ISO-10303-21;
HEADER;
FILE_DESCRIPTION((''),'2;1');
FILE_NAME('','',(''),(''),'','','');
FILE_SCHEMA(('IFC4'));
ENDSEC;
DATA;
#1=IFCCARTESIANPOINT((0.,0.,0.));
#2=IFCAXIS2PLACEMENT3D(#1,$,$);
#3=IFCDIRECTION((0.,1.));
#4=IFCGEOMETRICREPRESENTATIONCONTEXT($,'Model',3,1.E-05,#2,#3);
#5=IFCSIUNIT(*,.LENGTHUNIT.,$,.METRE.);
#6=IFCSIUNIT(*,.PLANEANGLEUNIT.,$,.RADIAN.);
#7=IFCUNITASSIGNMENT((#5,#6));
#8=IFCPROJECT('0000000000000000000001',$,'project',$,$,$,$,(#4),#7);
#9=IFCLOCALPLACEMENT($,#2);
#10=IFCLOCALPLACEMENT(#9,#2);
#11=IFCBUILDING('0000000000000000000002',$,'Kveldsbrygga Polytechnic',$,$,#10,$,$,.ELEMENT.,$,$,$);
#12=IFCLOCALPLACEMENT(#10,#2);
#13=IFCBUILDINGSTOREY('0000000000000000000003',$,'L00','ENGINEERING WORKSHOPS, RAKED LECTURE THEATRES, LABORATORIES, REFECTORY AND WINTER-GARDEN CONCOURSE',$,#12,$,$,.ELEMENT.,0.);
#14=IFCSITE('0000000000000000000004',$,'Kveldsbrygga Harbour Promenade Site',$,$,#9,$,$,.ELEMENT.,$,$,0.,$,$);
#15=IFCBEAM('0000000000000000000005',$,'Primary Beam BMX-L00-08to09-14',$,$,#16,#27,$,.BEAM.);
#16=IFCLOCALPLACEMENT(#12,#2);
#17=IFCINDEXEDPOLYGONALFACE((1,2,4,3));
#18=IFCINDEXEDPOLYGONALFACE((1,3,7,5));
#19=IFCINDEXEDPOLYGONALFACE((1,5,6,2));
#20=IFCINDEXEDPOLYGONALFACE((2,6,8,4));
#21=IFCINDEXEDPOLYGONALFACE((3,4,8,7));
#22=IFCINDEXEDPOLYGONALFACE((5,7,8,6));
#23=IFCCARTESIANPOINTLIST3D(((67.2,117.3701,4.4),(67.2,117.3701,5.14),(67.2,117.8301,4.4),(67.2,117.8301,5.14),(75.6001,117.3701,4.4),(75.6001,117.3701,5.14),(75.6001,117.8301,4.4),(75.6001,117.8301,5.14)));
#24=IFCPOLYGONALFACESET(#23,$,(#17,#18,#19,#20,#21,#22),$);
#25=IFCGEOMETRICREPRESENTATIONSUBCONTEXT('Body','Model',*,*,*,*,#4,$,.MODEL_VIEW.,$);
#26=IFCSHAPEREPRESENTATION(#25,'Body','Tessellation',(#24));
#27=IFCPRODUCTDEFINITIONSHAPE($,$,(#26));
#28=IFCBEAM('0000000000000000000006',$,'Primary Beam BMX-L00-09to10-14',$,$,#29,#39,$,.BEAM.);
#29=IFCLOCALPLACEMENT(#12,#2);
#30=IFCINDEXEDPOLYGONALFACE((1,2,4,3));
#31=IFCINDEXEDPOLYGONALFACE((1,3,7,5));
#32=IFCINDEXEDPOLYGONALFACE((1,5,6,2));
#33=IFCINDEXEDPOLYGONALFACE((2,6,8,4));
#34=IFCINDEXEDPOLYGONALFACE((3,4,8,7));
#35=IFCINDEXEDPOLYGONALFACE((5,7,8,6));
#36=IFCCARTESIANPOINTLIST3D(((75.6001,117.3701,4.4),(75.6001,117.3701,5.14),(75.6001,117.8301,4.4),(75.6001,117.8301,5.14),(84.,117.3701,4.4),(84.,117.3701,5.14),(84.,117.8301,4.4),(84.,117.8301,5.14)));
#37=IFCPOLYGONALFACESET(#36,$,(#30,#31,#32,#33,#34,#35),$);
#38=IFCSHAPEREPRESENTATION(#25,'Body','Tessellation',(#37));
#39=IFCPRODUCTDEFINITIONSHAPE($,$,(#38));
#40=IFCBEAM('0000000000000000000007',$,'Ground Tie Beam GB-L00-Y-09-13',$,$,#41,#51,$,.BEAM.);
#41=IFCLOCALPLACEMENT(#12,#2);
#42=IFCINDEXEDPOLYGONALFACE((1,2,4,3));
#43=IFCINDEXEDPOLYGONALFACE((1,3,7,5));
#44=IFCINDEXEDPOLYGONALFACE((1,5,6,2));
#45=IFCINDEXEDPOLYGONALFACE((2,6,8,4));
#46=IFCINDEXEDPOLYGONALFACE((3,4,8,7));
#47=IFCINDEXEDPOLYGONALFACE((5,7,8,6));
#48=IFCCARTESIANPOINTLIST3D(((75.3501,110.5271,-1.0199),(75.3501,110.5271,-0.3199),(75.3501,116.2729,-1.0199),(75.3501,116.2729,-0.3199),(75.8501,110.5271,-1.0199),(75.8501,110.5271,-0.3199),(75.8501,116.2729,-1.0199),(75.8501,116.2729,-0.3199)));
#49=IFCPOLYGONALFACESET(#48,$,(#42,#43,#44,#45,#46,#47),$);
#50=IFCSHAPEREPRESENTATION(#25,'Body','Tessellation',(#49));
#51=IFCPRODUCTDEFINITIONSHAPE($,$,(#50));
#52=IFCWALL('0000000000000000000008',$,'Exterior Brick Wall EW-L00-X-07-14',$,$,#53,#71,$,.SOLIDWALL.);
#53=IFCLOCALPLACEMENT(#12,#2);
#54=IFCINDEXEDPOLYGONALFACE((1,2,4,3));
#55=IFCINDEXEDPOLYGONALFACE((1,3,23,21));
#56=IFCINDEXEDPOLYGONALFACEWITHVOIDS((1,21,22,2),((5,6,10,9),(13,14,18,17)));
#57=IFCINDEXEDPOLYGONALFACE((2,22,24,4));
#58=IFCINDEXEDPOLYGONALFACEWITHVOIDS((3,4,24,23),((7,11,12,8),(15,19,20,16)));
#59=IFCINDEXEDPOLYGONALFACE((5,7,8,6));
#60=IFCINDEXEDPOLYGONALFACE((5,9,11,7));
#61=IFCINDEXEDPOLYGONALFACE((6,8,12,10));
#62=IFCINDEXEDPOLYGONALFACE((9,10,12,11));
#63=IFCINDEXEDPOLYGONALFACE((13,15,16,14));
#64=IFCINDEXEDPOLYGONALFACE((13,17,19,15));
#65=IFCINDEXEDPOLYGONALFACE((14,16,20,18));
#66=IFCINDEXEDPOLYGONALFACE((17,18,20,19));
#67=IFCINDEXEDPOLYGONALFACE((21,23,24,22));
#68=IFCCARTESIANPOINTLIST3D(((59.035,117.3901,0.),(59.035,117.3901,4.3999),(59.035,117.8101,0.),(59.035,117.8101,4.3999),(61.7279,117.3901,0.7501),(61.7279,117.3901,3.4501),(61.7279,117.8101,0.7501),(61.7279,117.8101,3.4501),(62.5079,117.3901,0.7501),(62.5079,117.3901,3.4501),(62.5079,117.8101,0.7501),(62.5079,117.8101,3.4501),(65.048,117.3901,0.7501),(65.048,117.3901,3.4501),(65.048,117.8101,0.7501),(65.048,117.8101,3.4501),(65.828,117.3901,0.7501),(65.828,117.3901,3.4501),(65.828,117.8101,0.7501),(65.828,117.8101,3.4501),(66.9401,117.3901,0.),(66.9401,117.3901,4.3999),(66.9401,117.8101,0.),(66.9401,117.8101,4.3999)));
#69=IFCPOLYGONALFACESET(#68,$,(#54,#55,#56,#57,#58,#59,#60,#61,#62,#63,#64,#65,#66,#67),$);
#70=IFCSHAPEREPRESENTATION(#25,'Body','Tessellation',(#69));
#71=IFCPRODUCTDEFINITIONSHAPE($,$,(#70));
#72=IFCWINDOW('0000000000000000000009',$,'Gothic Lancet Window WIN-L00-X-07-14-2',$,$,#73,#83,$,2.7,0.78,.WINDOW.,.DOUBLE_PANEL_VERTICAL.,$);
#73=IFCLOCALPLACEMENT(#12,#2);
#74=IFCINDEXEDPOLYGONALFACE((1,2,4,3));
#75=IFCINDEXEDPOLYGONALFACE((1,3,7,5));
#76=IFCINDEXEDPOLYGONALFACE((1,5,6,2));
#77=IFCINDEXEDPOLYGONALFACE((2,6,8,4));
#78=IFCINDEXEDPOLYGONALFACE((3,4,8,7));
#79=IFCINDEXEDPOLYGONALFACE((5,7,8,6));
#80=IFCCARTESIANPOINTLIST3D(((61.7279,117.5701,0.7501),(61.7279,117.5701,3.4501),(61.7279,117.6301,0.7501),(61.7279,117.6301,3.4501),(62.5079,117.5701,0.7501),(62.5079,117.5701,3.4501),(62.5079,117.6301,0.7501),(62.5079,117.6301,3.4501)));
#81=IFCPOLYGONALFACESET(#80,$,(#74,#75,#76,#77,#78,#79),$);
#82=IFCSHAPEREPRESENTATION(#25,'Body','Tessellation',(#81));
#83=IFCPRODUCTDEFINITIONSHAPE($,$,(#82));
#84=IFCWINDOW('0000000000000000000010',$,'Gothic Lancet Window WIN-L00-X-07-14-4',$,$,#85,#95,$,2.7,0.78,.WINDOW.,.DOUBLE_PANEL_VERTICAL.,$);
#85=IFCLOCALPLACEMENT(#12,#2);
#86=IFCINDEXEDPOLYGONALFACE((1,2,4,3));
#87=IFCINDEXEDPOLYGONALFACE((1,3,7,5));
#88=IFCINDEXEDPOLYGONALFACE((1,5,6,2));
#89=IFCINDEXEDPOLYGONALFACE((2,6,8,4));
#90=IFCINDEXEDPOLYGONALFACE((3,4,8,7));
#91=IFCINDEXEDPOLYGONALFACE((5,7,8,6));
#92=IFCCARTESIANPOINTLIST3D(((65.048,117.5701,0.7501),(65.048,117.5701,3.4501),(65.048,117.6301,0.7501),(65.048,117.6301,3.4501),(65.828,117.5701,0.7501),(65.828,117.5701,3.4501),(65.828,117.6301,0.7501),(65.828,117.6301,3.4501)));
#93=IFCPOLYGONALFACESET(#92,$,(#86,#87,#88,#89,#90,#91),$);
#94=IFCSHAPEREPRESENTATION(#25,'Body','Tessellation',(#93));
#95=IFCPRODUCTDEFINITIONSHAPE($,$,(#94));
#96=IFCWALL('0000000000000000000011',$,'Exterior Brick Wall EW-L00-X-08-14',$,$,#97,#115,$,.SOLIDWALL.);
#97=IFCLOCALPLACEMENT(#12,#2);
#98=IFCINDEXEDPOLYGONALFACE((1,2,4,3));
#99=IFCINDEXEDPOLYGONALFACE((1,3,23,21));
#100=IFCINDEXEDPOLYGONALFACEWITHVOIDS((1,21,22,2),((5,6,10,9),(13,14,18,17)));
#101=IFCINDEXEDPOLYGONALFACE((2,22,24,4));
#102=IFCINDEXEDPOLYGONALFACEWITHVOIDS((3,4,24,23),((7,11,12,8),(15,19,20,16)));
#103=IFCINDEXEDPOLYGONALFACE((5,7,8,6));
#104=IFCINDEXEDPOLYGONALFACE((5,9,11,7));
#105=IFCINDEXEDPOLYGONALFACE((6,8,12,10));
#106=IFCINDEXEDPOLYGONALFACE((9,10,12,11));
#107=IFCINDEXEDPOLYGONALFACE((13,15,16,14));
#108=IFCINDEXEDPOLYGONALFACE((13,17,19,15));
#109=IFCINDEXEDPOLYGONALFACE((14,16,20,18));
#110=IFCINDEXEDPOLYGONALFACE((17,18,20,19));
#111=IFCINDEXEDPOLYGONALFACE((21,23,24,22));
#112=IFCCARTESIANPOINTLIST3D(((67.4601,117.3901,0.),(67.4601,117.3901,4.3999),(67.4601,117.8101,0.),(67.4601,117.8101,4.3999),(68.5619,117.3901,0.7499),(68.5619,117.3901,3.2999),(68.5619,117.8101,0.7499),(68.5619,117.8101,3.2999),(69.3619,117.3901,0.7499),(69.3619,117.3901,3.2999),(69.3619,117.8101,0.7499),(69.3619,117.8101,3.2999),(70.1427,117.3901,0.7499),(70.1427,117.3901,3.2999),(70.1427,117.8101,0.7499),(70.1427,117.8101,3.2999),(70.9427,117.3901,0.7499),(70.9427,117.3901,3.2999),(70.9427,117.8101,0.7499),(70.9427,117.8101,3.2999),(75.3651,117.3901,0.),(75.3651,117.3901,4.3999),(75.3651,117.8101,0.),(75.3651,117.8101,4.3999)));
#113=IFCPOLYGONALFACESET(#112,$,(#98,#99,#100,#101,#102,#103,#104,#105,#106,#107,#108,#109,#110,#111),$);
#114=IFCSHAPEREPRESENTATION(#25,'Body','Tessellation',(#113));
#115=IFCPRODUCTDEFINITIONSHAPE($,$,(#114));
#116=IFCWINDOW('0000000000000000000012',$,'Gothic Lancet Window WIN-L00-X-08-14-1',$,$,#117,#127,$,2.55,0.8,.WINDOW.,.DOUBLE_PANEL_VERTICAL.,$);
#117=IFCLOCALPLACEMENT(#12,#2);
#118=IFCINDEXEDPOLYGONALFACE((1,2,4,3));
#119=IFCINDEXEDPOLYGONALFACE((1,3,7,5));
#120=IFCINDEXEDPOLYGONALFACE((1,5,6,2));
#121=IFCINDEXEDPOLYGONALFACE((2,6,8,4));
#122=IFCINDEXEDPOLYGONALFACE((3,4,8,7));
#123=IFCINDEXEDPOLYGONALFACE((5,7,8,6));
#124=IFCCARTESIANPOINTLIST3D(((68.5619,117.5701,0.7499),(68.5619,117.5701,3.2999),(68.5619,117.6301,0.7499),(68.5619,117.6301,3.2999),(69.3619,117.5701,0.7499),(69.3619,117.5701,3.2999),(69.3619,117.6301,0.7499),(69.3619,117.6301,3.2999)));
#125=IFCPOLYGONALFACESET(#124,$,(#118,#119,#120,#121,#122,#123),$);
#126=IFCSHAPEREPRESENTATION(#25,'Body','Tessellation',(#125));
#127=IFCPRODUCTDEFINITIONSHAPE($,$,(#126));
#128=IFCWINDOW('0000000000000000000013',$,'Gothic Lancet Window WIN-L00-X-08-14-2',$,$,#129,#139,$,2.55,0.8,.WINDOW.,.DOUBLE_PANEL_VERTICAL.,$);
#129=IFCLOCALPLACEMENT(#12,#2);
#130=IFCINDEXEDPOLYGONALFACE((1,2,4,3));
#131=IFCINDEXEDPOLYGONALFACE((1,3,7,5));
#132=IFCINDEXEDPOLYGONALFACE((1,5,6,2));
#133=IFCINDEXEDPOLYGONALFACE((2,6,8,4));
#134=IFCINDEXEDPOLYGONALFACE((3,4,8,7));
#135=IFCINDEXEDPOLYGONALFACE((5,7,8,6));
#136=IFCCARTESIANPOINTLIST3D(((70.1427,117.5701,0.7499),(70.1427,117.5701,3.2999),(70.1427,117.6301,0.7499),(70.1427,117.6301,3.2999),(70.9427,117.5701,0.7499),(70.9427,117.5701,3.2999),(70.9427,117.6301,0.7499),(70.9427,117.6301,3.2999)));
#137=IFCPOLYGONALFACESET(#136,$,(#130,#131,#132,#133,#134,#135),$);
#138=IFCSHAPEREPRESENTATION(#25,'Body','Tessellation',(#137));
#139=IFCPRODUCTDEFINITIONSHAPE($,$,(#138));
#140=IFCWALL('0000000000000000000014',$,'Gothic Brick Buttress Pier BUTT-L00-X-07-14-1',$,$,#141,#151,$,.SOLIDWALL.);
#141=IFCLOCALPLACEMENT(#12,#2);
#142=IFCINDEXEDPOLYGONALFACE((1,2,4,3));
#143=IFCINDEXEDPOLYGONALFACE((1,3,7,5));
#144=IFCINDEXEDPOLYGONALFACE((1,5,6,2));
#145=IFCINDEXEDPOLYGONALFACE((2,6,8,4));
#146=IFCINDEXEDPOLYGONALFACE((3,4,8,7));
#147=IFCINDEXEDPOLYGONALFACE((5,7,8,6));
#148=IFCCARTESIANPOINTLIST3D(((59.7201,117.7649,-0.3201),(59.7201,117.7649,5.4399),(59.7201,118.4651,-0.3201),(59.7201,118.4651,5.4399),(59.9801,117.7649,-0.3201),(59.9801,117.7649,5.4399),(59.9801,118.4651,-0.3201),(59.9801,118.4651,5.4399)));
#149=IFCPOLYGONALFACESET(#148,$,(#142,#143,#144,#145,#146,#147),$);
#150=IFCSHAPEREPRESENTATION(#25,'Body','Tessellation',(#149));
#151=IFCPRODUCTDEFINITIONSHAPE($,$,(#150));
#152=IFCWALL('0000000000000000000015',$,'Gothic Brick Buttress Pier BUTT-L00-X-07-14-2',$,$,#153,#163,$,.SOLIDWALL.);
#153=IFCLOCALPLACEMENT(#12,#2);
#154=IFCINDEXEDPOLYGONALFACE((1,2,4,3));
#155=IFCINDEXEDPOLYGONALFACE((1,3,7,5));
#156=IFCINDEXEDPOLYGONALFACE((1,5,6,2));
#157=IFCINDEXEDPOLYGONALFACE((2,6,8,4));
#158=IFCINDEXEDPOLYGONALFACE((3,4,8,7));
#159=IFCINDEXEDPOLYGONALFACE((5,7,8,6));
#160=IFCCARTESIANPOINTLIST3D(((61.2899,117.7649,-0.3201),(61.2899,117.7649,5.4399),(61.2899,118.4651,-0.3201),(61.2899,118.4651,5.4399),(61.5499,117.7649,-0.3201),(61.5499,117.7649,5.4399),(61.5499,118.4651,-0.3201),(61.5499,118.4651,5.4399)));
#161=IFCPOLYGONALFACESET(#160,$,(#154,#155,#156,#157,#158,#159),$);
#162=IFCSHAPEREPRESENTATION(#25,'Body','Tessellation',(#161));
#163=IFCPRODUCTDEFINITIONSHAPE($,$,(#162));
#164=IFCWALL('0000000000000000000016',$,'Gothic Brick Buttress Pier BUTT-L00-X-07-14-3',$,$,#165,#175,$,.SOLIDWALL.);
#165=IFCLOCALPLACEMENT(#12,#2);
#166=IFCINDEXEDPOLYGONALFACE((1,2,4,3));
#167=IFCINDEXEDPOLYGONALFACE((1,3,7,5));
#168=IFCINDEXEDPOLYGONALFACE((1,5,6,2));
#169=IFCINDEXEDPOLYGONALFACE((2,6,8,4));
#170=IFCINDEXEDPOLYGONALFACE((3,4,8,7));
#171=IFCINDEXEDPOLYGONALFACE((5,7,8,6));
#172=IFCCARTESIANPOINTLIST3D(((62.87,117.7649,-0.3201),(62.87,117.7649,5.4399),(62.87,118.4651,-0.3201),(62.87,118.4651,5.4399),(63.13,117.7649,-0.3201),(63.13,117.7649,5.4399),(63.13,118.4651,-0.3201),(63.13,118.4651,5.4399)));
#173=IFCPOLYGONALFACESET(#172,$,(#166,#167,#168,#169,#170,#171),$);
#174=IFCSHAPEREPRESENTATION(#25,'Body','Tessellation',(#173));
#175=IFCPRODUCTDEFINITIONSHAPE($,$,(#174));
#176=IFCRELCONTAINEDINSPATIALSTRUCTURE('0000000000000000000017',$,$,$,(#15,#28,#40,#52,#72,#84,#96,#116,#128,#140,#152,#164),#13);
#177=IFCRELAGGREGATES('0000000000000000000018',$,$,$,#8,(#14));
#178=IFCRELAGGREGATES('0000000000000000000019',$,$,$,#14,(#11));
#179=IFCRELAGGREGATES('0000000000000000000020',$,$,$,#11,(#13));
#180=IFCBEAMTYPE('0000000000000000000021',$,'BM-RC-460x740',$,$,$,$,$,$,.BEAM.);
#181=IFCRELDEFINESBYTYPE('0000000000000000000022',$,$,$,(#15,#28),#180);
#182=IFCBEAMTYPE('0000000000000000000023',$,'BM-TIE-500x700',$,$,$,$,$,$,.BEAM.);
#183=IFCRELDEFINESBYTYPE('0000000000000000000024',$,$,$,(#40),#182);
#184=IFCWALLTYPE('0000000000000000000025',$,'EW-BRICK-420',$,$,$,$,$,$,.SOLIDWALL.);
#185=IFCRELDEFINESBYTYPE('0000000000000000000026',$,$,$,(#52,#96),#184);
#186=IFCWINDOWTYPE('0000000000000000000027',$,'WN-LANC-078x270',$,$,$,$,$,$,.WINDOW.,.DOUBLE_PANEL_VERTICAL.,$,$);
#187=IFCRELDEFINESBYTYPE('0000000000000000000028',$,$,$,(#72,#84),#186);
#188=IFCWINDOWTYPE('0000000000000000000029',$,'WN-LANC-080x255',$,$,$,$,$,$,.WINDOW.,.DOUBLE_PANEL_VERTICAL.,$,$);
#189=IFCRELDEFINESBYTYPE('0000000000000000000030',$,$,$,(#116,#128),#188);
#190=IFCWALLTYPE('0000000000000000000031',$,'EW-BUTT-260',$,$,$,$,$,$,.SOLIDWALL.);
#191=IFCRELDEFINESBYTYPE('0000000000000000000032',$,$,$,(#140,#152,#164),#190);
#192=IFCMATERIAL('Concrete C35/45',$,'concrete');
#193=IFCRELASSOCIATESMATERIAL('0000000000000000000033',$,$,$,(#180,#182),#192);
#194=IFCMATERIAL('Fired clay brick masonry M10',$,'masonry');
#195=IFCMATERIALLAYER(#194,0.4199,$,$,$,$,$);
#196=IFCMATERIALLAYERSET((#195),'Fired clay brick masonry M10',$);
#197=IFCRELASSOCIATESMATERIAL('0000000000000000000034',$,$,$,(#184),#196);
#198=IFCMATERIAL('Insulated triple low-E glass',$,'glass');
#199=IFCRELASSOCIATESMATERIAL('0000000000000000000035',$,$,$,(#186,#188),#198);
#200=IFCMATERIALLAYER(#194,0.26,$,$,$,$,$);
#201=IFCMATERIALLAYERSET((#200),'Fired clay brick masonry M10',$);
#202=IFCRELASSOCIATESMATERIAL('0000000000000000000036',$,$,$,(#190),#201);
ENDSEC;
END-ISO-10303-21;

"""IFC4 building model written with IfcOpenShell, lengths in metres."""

from ifc_helpers import new_model, si_unit, direction, frame, frame_2d, origin, origin_2d, place, context, subcontext, project, spatial, rectangle, extrude, material, layer, layer_set, material_profile, profile_set, type_object, element, fill, save


model = new_model("IFC4")

# Units and contexts
model_context = context("Model", 3, precision=1e-05, world=origin(), true_north=direction((0.0, 1.0)))
body_context = subcontext(model_context, "Body", "Model", "MODEL_VIEW")
ifc_project = project(units=[si_unit("LENGTHUNIT", "METRE"), si_unit("PLANEANGLEUNIT", "RADIAN")], contexts=[model_context])

# Site, building, storey
site_placement = place(None, origin())
site = spatial("IfcSite", under=ifc_project, at=site_placement, Name="Kveldsbrygga Harbour Promenade Site", CompositionType="ELEMENT", RefElevation=0.0)
building_placement = place(site_placement, origin())
building = spatial("IfcBuilding", under=site, at=building_placement, Name="Kveldsbrygga Polytechnic", CompositionType="ELEMENT")
storey_placement = place(building_placement, origin())
storey = spatial("IfcBuildingStorey", under=building, at=storey_placement, Name="L00", Description="ENGINEERING WORKSHOPS, RAKED LECTURE THEATRES, LABORATORIES, REFECTORY AND WINTER-GARDEN CONCOURSE", CompositionType="ELEMENT", Elevation=0.0)

# Beams
ifc_material_1 = material(Name="Concrete C35/45", Category="concrete")
ifc_material_profile_1 = material_profile(ifc_material_1, rectangle(XDim=0.46, YDim=0.74, at=origin_2d()), Name="RC 460x740")
ifc_profile_set_1 = profile_set([ifc_material_profile_1], Name="Concrete C35/45")
beam_type_1 = type_object("IfcBeamType", Name="BM-RC-460x740", PredefinedType="BEAM", material=ifc_profile_set_1)
beam_1_placement = place(storey_placement, frame((67.2, 117.6001, 4.77), z_axis=(1.0, 0.0, 0.0), x_axis=(0.0, 1.0, 0.0)))
element("IfcBeam", 1, at=beam_1_placement, inside=storey, type_object=beam_type_1, Name="Primary Beam BMX-L00-08to09-14", PredefinedType="BEAM", context=body_context, shape_type="SweptSolid", body=[
    extrude(rectangle(XDim=0.46, YDim=0.74, at=origin_2d()), origin(), (0.0, 0.0, 1.0), 8.4001),
])
beam_2_placement = place(storey_placement, frame((75.6001, 117.6001, 4.77), z_axis=(1.0, 0.0, 0.0), x_axis=(0.0, 1.0, 0.0)))
element("IfcBeam", 2, at=beam_2_placement, inside=storey, type_object=beam_type_1, Name="Primary Beam BMX-L00-09to10-14", PredefinedType="BEAM", context=body_context, shape_type="SweptSolid", body=[
    extrude(rectangle(XDim=0.46, YDim=0.74, at=origin_2d()), origin(), (0.0, 0.0, 1.0), 8.3999),
])
ifc_material_profile_2 = material_profile(ifc_material_1, rectangle(XDim=0.5, YDim=0.7, at=origin_2d()), Name="RC 500x700")
ifc_profile_set_2 = profile_set([ifc_material_profile_2], Name="Concrete C35/45")
beam_type_2 = type_object("IfcBeamType", Name="BM-TIE-500x700", PredefinedType="BEAM", material=ifc_profile_set_2)
beam_3_placement = place(storey_placement, frame((75.6001, 110.5271, -0.6699), z_axis=(0.0, 1.0, 0.0), x_axis=(-1.0, 0.0, 0.0)))
element("IfcBeam", 3, at=beam_3_placement, inside=storey, type_object=beam_type_2, Name="Ground Tie Beam GB-L00-Y-09-13", PredefinedType="BEAM", context=body_context, shape_type="SweptSolid", body=[
    extrude(rectangle(XDim=0.5, YDim=0.7, at=origin_2d()), origin(), (0.0, 0.0, 1.0), 5.7458),
])

# Walls, openings, windows
ifc_material_2 = material(Name="Fired clay brick masonry M10", Category="masonry")
ifc_layer_1 = layer(ifc_material_2, 0.4199)
ifc_layer_set_1 = layer_set([ifc_layer_1], Name="Fired clay brick masonry M10")
wall_type_1 = type_object("IfcWallType", Name="EW-BRICK-420", PredefinedType="SOLIDWALL", material=ifc_layer_set_1)
wall_1_placement = place(storey_placement, frame((59.0349, 117.6001, 0.0), z_axis=(0.0, 0.0, 1.0), x_axis=(1.0, 0.0, 0.0)))
wall_1 = element("IfcWall", 4, at=wall_1_placement, inside=storey, type_object=wall_type_1, Name="Exterior Brick Wall EW-L00-X-07-14", PredefinedType="SOLIDWALL", context=body_context, shape_type="SweptSolid", body=[
    extrude(rectangle(XDim=7.905, YDim=0.4199, at=frame_2d((3.9526, 0.0))), origin(), (0.0, 0.0, 1.0), 4.3999),
])
opening_1_placement = place(wall_1_placement, frame((2.6929, 0.0, 0.75)))
opening_1 = element("IfcOpeningElement", 5, at=opening_1_placement, cuts=wall_1, PredefinedType="OPENING", context=body_context, shape_type="SweptSolid", body=[
    extrude(rectangle(XDim=0.78, YDim=2.7, at=frame_2d((0.3901, 1.3501))), frame((0.0, 0.22, 0.0), z_axis=(0.0, -1.0, 0.0), x_axis=(1.0, 0.0, 0.0)), (0.0, 0.0, 1.0), 0.4399),
])
opening_2_placement = place(wall_1_placement, frame((6.0129, 0.0, 0.75)))
opening_2 = element("IfcOpeningElement", 6, at=opening_2_placement, cuts=wall_1, PredefinedType="OPENING", context=body_context, shape_type="SweptSolid", body=[
    extrude(rectangle(XDim=0.78, YDim=2.7, at=frame_2d((0.3901, 1.3501))), frame((0.0, 0.22, 0.0), z_axis=(0.0, -1.0, 0.0), x_axis=(1.0, 0.0, 0.0)), (0.0, 0.0, 1.0), 0.4399),
])
ifc_material_3 = material(Name="Insulated triple low-E glass", Category="glass")
window_type_1 = type_object("IfcWindowType", Name="WN-LANC-078x270", PartitioningType="DOUBLE_PANEL_VERTICAL", PredefinedType="WINDOW", material=ifc_material_3)
window_1_placement = place(opening_1_placement, origin())
window_1 = element("IfcWindow", 7, at=window_1_placement, inside=storey, type_object=window_type_1, Name="Gothic Lancet Window WIN-L00-X-07-14-2", OverallHeight=2.7, OverallWidth=0.78, PartitioningType="DOUBLE_PANEL_VERTICAL", PredefinedType="WINDOW", context=body_context, shape_type="SweptSolid", body=[
    extrude(rectangle(XDim=0.78, YDim=2.7, at=frame_2d((0.3901, 1.3501))), frame((0.0, 0.03, 0.0), z_axis=(0.0, -1.0, 0.0), x_axis=(1.0, 0.0, 0.0)), (0.0, 0.0, 1.0), 0.0601),
])
fill(opening_1, window_1)
window_2_placement = place(opening_2_placement, origin())
window_2 = element("IfcWindow", 8, at=window_2_placement, inside=storey, type_object=window_type_1, Name="Gothic Lancet Window WIN-L00-X-07-14-4", OverallHeight=2.7, OverallWidth=0.78, PartitioningType="DOUBLE_PANEL_VERTICAL", PredefinedType="WINDOW", context=body_context, shape_type="SweptSolid", body=[
    extrude(rectangle(XDim=0.78, YDim=2.7, at=frame_2d((0.3901, 1.3501))), frame((0.0, 0.03, 0.0), z_axis=(0.0, -1.0, 0.0), x_axis=(1.0, 0.0, 0.0)), (0.0, 0.0, 1.0), 0.0601),
])
fill(opening_2, window_2)
wall_2_placement = place(storey_placement, frame((67.46, 117.6001, 0.0), z_axis=(0.0, 0.0, 1.0), x_axis=(1.0, 0.0, 0.0)))
wall_2 = element("IfcWall", 9, at=wall_2_placement, inside=storey, type_object=wall_type_1, Name="Exterior Brick Wall EW-L00-X-08-14", PredefinedType="SOLIDWALL", context=body_context, shape_type="SweptSolid", body=[
    extrude(rectangle(XDim=7.905, YDim=0.4199, at=frame_2d((3.9526, 0.0))), origin(), (0.0, 0.0, 1.0), 4.3999),
])
opening_3_placement = place(wall_2_placement, frame((1.1021, 0.0, 0.75)))
opening_3 = element("IfcOpeningElement", 10, at=opening_3_placement, cuts=wall_2, PredefinedType="OPENING", context=body_context, shape_type="SweptSolid", body=[
    extrude(rectangle(XDim=0.8, YDim=2.55, at=frame_2d((0.3999, 1.2749))), frame((0.0, 0.22, 0.0), z_axis=(0.0, -1.0, 0.0), x_axis=(1.0, 0.0, 0.0)), (0.0, 0.0, 1.0), 0.4399),
])
opening_4_placement = place(wall_2_placement, frame((2.6829, 0.0, 0.75)))
opening_4 = element("IfcOpeningElement", 11, at=opening_4_placement, cuts=wall_2, PredefinedType="OPENING", context=body_context, shape_type="SweptSolid", body=[
    extrude(rectangle(XDim=0.8, YDim=2.55, at=frame_2d((0.3999, 1.2749))), frame((0.0, 0.22, 0.0), z_axis=(0.0, -1.0, 0.0), x_axis=(1.0, 0.0, 0.0)), (0.0, 0.0, 1.0), 0.4399),
])
window_type_2 = type_object("IfcWindowType", Name="WN-LANC-080x255", PartitioningType="DOUBLE_PANEL_VERTICAL", PredefinedType="WINDOW", material=ifc_material_3)
window_3_placement = place(opening_3_placement, origin())
window_3 = element("IfcWindow", 12, at=window_3_placement, inside=storey, type_object=window_type_2, Name="Gothic Lancet Window WIN-L00-X-08-14-1", OverallHeight=2.55, OverallWidth=0.8, PartitioningType="DOUBLE_PANEL_VERTICAL", PredefinedType="WINDOW", context=body_context, shape_type="SweptSolid", body=[
    extrude(rectangle(XDim=0.8, YDim=2.55, at=frame_2d((0.3999, 1.2749))), frame((0.0, 0.03, 0.0), z_axis=(0.0, -1.0, 0.0), x_axis=(1.0, 0.0, 0.0)), (0.0, 0.0, 1.0), 0.0601),
])
fill(opening_3, window_3)
window_4_placement = place(opening_4_placement, origin())
window_4 = element("IfcWindow", 13, at=window_4_placement, inside=storey, type_object=window_type_2, Name="Gothic Lancet Window WIN-L00-X-08-14-2", OverallHeight=2.55, OverallWidth=0.8, PartitioningType="DOUBLE_PANEL_VERTICAL", PredefinedType="WINDOW", context=body_context, shape_type="SweptSolid", body=[
    extrude(rectangle(XDim=0.8, YDim=2.55, at=frame_2d((0.3999, 1.2749))), frame((0.0, 0.03, 0.0), z_axis=(0.0, -1.0, 0.0), x_axis=(1.0, 0.0, 0.0)), (0.0, 0.0, 1.0), 0.0601),
])
fill(opening_4, window_4)

# Walls
ifc_layer_2 = layer(ifc_material_2, 0.26)
ifc_layer_set_2 = layer_set([ifc_layer_2], Name="Fired clay brick masonry M10")
wall_type_2 = type_object("IfcWallType", Name="EW-BUTT-260", PredefinedType="SOLIDWALL", material=ifc_layer_set_2)
for number, where, z_axis, x_axis, name in (
    (14, (59.8501, 117.7649, -0.3201), (0.0, 0.0, 1.0), (0.0, 1.0, 0.0), "Gothic Brick Buttress Pier BUTT-L00-X-07-14-1"),
    (15, (61.4199, 117.7649, -0.3201), (0.0, 0.0, 1.0), (0.0, 1.0, 0.0), "Gothic Brick Buttress Pier BUTT-L00-X-07-14-2"),
    (16, (63.0, 117.7649, -0.3201), (0.0, 0.0, 1.0), (0.0, 1.0, 0.0), "Gothic Brick Buttress Pier BUTT-L00-X-07-14-3"),
):
    element("IfcWall", number, at=place(storey_placement, frame(where, z_axis=z_axis, x_axis=x_axis)), inside=storey, type_object=wall_type_2, Name=name, PredefinedType="SOLIDWALL", context=body_context, shape_type="SweptSolid", body=[
        extrude(rectangle(XDim=0.7002, YDim=0.26, at=frame_2d((0.3501, 0.0))), origin(), (0.0, 0.0, 1.0), 5.76),
    ])

save(model, "model.ifc")
